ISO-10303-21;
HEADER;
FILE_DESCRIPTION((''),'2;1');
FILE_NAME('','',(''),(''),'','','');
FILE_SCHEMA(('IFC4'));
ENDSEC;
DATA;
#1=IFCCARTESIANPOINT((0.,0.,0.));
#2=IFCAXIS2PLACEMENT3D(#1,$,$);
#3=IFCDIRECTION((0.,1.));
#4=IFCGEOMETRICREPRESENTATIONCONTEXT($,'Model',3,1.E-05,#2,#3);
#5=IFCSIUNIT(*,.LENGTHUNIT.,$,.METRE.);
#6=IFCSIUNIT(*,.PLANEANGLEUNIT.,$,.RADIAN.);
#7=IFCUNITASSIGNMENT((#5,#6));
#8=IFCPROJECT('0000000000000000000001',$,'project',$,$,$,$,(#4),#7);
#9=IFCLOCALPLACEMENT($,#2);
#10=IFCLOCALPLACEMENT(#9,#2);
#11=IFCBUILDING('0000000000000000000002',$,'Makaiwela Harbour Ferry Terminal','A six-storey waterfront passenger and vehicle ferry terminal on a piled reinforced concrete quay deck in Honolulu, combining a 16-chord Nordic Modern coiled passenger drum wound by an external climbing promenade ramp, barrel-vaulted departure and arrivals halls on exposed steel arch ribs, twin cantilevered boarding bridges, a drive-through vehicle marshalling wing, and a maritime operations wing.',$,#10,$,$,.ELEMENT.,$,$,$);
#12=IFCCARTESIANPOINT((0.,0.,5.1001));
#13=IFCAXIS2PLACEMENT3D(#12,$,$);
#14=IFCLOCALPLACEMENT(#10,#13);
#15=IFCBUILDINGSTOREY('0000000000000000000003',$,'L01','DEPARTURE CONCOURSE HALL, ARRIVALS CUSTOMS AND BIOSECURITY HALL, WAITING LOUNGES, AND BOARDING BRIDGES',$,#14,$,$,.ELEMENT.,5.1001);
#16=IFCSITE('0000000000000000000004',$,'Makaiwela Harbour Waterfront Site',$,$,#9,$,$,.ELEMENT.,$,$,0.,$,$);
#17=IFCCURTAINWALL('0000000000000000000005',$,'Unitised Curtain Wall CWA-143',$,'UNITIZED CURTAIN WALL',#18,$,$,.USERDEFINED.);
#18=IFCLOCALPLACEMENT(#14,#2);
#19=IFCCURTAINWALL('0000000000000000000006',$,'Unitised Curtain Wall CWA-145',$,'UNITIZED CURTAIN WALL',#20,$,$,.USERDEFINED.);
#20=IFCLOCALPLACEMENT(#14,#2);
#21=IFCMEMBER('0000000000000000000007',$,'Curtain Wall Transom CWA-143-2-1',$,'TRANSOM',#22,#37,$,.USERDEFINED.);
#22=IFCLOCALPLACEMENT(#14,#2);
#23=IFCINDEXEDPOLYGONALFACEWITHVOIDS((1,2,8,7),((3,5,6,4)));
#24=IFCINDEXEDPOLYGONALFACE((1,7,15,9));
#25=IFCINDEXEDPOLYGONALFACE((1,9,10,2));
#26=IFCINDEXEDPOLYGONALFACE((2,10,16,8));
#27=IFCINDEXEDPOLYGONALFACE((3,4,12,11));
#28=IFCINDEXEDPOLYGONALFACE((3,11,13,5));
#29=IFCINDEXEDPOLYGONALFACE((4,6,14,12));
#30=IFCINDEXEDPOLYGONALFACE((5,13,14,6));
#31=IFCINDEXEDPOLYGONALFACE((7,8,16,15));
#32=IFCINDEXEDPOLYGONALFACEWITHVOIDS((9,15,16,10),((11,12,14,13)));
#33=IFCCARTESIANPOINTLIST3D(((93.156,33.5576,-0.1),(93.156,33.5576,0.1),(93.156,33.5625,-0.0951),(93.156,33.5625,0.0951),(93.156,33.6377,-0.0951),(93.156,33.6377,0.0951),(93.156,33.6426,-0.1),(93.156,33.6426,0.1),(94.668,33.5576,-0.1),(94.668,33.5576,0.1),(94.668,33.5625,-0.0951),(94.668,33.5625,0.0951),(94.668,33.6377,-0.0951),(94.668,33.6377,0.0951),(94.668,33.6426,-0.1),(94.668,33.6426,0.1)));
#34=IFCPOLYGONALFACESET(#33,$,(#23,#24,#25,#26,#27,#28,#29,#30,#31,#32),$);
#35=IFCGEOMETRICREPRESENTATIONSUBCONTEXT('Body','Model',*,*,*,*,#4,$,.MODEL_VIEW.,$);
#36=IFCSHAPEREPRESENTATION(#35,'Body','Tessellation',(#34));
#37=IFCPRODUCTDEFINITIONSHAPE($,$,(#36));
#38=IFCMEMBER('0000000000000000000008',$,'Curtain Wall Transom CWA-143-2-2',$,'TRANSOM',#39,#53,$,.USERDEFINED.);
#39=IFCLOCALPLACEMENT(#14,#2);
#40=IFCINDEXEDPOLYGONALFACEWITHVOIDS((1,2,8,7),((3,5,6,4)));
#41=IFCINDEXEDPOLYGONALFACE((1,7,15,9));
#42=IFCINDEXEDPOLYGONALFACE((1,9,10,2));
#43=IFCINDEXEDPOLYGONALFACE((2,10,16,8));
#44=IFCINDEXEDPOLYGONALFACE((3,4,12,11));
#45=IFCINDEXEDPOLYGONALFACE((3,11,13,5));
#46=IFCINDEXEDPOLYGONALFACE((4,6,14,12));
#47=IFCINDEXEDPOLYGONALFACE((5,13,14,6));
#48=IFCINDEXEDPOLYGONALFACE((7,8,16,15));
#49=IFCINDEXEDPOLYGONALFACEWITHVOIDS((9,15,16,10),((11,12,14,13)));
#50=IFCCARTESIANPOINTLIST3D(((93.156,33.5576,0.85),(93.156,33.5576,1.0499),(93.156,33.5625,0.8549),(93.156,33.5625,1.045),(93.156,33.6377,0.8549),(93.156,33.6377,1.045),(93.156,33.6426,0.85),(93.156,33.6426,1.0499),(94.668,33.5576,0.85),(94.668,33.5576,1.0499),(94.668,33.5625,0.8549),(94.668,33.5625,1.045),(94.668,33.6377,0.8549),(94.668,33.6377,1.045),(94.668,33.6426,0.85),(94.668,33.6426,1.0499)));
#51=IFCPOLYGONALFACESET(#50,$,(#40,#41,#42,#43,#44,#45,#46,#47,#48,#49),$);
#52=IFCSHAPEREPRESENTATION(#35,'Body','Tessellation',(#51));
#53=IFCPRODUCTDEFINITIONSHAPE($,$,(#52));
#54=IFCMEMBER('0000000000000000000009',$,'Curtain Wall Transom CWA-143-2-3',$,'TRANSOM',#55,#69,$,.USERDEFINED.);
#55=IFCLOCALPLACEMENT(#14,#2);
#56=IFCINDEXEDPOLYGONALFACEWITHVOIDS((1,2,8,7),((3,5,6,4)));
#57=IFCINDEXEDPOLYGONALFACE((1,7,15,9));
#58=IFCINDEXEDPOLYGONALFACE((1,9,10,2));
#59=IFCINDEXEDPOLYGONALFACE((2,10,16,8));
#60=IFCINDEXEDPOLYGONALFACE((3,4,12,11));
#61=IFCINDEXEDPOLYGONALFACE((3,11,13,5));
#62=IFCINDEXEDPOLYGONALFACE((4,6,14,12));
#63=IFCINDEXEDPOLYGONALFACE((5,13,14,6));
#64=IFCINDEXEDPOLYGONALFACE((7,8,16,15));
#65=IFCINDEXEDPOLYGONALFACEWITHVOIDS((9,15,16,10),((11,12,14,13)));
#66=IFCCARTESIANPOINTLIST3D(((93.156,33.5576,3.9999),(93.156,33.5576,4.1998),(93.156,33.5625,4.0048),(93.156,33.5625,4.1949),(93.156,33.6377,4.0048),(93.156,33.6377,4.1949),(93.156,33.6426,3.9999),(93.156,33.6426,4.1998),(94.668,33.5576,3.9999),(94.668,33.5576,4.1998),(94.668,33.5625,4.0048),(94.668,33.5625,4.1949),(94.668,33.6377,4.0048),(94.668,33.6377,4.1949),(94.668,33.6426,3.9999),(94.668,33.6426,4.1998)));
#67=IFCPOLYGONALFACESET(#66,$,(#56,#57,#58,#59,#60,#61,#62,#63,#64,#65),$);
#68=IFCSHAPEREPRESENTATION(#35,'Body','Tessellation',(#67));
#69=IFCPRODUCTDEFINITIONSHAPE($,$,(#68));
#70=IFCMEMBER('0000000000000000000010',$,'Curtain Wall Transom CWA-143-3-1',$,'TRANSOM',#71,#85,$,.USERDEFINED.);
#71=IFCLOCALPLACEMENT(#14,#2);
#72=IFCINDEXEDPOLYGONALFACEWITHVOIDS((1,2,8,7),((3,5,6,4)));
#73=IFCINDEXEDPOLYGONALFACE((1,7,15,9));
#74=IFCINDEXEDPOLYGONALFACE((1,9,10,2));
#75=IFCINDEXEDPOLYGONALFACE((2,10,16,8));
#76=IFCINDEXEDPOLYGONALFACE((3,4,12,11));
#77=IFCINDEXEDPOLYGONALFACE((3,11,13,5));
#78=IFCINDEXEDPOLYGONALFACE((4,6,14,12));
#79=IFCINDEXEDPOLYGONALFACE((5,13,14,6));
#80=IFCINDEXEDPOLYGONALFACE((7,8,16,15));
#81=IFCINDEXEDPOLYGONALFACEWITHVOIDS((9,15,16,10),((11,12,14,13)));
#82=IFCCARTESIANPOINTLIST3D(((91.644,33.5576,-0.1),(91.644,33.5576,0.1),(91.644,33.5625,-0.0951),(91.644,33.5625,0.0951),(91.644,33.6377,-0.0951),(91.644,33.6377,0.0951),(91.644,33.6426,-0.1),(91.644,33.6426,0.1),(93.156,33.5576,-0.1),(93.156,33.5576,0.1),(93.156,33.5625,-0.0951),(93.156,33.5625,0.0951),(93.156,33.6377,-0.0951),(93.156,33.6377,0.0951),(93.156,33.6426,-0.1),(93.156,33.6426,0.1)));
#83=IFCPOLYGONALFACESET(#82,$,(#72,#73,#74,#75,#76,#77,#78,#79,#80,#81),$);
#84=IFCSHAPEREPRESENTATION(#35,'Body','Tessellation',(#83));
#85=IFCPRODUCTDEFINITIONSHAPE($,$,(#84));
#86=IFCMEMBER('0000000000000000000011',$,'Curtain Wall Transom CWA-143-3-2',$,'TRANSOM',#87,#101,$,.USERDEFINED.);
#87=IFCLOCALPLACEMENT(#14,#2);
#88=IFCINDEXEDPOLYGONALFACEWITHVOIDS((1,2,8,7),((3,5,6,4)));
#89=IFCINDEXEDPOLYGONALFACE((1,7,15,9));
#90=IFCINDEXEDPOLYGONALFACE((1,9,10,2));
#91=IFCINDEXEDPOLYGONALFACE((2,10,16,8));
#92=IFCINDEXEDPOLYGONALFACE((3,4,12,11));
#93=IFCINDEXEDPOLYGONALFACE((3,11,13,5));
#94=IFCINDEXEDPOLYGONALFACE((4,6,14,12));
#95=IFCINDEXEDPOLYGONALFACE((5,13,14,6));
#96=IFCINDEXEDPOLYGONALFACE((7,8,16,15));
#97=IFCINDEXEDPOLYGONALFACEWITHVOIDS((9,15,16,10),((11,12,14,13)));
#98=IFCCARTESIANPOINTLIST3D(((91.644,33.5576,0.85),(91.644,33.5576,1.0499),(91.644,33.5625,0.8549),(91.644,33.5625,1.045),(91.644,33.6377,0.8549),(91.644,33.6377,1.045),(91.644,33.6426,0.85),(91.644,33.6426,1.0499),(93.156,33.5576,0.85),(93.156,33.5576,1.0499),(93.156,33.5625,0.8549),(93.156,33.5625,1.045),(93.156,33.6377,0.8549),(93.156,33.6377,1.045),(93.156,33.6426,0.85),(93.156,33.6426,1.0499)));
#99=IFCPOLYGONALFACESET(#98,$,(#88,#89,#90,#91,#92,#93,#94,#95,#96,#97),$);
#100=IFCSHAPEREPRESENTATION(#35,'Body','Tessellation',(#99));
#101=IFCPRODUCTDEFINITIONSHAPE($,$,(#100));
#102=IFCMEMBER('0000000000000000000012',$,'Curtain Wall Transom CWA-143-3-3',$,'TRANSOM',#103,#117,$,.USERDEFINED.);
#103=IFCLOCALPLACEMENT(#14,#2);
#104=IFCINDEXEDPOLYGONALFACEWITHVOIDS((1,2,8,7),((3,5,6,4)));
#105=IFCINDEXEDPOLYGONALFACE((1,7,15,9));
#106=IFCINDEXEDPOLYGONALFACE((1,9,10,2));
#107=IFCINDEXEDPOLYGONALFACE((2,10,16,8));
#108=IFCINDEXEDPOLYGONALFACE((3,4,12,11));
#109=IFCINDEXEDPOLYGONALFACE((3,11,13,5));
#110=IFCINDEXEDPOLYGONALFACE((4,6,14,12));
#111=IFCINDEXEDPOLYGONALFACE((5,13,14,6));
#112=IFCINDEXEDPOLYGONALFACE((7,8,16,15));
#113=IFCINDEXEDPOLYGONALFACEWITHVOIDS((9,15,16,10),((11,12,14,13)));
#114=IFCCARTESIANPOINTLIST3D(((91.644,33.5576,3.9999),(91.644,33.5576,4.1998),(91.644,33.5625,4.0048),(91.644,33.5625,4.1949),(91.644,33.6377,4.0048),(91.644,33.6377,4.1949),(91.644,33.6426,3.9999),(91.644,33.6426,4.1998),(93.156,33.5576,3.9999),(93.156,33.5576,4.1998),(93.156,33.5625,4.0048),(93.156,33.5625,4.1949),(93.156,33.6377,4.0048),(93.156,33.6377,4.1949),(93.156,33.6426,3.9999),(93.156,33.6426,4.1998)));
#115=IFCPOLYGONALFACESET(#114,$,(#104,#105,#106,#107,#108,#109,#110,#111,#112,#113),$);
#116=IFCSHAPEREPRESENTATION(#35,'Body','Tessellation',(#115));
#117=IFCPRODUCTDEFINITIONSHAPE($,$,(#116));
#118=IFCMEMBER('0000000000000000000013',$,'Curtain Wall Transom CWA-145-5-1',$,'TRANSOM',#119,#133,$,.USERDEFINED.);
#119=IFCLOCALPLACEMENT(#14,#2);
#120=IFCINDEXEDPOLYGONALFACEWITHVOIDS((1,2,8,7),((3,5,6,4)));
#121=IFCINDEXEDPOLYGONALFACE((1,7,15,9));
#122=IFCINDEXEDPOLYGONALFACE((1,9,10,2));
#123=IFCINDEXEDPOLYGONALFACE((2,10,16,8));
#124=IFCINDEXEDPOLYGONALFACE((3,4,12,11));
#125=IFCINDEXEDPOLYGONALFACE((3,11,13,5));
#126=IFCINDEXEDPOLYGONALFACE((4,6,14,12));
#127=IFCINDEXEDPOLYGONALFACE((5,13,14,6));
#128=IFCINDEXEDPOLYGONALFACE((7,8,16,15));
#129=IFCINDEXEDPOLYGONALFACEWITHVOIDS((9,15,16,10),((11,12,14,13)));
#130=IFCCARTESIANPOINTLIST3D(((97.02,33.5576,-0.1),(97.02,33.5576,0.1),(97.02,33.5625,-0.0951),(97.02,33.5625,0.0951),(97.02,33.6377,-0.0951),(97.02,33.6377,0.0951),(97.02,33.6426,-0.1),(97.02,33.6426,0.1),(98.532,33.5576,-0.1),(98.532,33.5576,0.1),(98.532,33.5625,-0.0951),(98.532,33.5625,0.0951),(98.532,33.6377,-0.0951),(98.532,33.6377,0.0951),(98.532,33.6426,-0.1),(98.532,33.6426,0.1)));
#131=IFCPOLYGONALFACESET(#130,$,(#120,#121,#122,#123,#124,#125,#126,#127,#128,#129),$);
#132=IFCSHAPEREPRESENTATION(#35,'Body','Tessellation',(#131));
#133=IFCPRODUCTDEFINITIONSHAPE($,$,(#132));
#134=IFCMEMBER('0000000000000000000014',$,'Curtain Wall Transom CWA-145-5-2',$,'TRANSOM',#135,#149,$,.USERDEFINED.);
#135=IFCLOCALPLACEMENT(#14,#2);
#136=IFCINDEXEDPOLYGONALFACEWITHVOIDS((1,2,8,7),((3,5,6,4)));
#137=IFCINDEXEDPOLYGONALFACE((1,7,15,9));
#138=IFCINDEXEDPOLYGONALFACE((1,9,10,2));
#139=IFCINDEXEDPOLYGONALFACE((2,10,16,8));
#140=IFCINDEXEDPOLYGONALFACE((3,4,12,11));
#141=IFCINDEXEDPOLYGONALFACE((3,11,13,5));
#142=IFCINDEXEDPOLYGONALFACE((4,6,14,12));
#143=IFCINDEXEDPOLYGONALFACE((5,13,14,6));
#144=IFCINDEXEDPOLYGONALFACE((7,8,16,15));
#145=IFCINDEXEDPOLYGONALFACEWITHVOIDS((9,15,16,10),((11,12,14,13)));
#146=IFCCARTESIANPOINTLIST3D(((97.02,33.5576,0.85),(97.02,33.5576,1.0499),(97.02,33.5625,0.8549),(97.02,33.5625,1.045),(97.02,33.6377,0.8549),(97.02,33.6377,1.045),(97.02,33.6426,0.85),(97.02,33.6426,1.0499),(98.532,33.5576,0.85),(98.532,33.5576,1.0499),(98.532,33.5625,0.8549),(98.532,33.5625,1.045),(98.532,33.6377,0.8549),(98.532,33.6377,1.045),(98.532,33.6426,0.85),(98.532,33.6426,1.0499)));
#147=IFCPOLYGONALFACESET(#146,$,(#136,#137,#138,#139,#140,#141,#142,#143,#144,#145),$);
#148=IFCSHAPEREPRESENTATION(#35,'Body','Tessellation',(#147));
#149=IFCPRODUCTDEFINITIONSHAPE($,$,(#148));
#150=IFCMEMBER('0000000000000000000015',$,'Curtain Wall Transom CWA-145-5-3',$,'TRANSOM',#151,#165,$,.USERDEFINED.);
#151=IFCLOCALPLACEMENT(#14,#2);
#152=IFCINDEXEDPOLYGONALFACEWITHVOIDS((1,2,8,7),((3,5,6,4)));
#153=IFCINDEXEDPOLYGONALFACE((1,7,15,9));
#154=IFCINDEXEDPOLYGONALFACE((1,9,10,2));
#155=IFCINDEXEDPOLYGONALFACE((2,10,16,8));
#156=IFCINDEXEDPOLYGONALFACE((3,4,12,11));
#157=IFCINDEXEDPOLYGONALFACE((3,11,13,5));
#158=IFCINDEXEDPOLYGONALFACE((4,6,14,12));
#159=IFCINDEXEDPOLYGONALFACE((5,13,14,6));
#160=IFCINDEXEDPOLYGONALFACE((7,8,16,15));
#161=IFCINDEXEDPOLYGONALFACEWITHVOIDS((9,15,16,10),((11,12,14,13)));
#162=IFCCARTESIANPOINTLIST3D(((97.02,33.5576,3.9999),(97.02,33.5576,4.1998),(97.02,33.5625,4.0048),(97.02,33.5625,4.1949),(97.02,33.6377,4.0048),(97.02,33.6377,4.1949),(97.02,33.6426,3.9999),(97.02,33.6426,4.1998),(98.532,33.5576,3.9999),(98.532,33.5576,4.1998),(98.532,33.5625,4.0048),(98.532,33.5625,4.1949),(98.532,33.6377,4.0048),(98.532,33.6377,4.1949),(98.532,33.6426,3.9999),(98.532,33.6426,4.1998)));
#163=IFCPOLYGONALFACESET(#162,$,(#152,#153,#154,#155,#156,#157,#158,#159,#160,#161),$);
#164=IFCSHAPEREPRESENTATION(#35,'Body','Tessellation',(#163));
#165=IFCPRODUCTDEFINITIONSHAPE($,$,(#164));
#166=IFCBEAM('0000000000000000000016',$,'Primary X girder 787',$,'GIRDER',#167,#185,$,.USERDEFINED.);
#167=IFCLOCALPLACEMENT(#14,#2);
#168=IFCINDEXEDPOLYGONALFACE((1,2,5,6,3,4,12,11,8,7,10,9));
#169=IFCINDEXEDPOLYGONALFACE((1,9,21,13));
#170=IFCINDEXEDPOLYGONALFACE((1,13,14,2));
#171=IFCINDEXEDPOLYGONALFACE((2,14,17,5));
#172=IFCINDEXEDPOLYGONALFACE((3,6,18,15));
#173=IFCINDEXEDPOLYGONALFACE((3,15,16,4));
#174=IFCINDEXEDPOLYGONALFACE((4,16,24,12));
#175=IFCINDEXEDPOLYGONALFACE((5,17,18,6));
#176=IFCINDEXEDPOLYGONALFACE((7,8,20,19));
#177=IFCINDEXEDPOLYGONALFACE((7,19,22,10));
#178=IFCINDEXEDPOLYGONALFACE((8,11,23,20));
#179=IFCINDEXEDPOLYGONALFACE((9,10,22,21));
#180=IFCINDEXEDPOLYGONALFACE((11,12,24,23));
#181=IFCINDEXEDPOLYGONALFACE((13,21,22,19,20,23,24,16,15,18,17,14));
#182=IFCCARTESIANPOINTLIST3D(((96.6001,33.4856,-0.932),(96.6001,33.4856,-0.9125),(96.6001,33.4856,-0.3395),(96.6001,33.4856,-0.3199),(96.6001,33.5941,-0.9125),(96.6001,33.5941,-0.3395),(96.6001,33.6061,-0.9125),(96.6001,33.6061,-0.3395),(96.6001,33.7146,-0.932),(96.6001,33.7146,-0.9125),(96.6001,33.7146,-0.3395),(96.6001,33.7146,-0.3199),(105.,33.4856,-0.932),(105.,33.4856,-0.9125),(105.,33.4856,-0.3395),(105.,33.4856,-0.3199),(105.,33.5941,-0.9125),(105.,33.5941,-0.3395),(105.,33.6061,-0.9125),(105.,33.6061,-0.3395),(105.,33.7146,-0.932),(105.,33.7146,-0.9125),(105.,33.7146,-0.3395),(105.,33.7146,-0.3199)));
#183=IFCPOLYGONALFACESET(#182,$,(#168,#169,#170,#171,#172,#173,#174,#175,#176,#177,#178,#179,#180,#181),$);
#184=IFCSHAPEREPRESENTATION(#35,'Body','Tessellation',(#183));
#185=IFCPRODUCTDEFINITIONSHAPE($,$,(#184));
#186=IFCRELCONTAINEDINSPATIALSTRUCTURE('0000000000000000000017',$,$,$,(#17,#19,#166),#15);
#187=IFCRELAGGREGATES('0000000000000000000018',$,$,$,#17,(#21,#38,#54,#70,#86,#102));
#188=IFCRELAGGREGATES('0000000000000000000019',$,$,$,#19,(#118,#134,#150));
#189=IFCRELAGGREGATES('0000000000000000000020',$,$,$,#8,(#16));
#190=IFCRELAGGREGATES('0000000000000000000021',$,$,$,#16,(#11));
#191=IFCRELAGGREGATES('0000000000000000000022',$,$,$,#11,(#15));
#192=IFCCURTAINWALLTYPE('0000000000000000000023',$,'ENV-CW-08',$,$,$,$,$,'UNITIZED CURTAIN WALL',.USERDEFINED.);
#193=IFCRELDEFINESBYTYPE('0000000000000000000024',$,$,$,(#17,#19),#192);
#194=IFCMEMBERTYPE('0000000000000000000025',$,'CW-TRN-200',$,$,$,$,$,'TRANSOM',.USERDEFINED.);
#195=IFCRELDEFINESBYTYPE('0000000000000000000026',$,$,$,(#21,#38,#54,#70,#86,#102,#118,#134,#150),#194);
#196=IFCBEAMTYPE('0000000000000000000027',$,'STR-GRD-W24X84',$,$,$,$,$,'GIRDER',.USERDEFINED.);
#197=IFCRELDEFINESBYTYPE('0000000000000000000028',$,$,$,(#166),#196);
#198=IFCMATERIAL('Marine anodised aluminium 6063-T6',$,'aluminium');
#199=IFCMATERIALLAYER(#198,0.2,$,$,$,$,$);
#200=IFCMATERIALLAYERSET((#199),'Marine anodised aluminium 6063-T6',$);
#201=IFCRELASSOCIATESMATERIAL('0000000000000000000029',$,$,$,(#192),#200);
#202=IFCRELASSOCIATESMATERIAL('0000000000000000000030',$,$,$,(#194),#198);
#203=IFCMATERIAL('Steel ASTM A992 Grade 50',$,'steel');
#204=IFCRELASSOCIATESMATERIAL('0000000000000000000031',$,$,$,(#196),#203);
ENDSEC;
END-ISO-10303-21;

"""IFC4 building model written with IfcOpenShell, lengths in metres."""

from ifc_helpers import new_model, si_unit, direction, frame, origin, origin_2d, place, context, subcontext, project, spatial, hollow_rectangle, i_section, extrude, material, layer, layer_set, material_profile, profile_set, type_object, element, aggregate, save


model = new_model("IFC4")

# Units and contexts
model_context = context("Model", 3, precision=1e-05, world=origin(), true_north=direction((0.0, 1.0)))
body_context = subcontext(model_context, "Body", "Model", "MODEL_VIEW")
ifc_project = project(units=[si_unit("LENGTHUNIT", "METRE"), si_unit("PLANEANGLEUNIT", "RADIAN")], contexts=[model_context])

# Site, building, storey
site_placement = place(None, origin())
site = spatial("IfcSite", under=ifc_project, at=site_placement, Name="Makaiwela Harbour Waterfront Site", CompositionType="ELEMENT", RefElevation=0.0)
building_placement = place(site_placement, origin())
building = spatial("IfcBuilding", under=site, at=building_placement, Name="Makaiwela Harbour Ferry Terminal", Description="A six-storey waterfront passenger and vehicle ferry terminal on a piled reinforced concrete quay deck in Honolulu, combining a 16-chord Nordic Modern coiled passenger drum wound by an external climbing promenade ramp, barrel-vaulted departure and arrivals halls on exposed steel arch ribs, twin cantilevered boarding bridges, a drive-through vehicle marshalling wing, and a maritime operations wing.", CompositionType="ELEMENT")
storey_placement = place(building_placement, frame((0.0, 0.0, 5.1001)))
storey = spatial("IfcBuildingStorey", under=building, at=storey_placement, Name="L01", Description="DEPARTURE CONCOURSE HALL, ARRIVALS CUSTOMS AND BIOSECURITY HALL, WAITING LOUNGES, AND BOARDING BRIDGES", CompositionType="ELEMENT", Elevation=5.1001)

# Curtain walls
ifc_material_1 = material(Name="Marine anodised aluminium 6063-T6", Category="aluminium")
ifc_layer_1 = layer(ifc_material_1, 0.2)
ifc_layer_set_1 = layer_set([ifc_layer_1], Name="Marine anodised aluminium 6063-T6")
curtain_wall_type = type_object("IfcCurtainWallType", Name="ENV-CW-08", ElementType="UNITIZED CURTAIN WALL", PredefinedType="USERDEFINED", material=ifc_layer_set_1)
curtain_wall_1_placement = place(storey_placement, origin())
curtain_wall_1 = element("IfcCurtainWall", 1, at=curtain_wall_1_placement, inside=storey, type_object=curtain_wall_type, Name="Unitised Curtain Wall CWA-143", ObjectType="UNITIZED CURTAIN WALL", PredefinedType="USERDEFINED")
curtain_wall_2_placement = place(storey_placement, origin())
curtain_wall_2 = element("IfcCurtainWall", 2, at=curtain_wall_2_placement, inside=storey, type_object=curtain_wall_type, Name="Unitised Curtain Wall CWA-145", ObjectType="UNITIZED CURTAIN WALL", PredefinedType="USERDEFINED")

# Members
ifc_material_profile_1 = material_profile(ifc_material_1, hollow_rectangle(XDim=0.085, YDim=0.2, WallThickness=0.0049, at=origin_2d()), Name="CWT-200X85")
ifc_profile_set_1 = profile_set([ifc_material_profile_1], Name="Marine anodised aluminium 6063-T6")
member_type_1 = type_object("IfcMemberType", Name="CW-TRN-200", ElementType="TRANSOM", PredefinedType="USERDEFINED", material=ifc_profile_set_1)
member_1_placement = place(storey_placement, frame((94.668, 33.6001, 0.0), z_axis=(-1.0, 0.0, 0.0), x_axis=(0.0, -1.0, 0.0)))
member_1 = element("IfcMember", 3, at=member_1_placement, type_object=member_type_1, Name="Curtain Wall Transom CWA-143-2-1", ObjectType="TRANSOM", PredefinedType="USERDEFINED", context=body_context, shape_type="SweptSolid", body=[
    extrude(hollow_rectangle(XDim=0.085, YDim=0.2, WallThickness=0.0049, at=origin_2d()), origin(), (0.0, 0.0, 1.0), 1.512),
])
member_2_placement = place(storey_placement, frame((94.668, 33.6001, 0.95), z_axis=(-1.0, 0.0, 0.0), x_axis=(0.0, -1.0, 0.0)))
member_2 = element("IfcMember", 4, at=member_2_placement, type_object=member_type_1, Name="Curtain Wall Transom CWA-143-2-2", ObjectType="TRANSOM", PredefinedType="USERDEFINED", context=body_context, shape_type="SweptSolid", body=[
    extrude(hollow_rectangle(XDim=0.085, YDim=0.2, WallThickness=0.0049, at=origin_2d()), origin(), (0.0, 0.0, 1.0), 1.512),
])
member_3_placement = place(storey_placement, frame((94.668, 33.6001, 4.0999), z_axis=(-1.0, 0.0, 0.0), x_axis=(0.0, -1.0, 0.0)))
member_3 = element("IfcMember", 5, at=member_3_placement, type_object=member_type_1, Name="Curtain Wall Transom CWA-143-2-3", ObjectType="TRANSOM", PredefinedType="USERDEFINED", context=body_context, shape_type="SweptSolid", body=[
    extrude(hollow_rectangle(XDim=0.085, YDim=0.2, WallThickness=0.0049, at=origin_2d()), origin(), (0.0, 0.0, 1.0), 1.512),
])
member_4_placement = place(storey_placement, frame((93.156, 33.6001, 0.0), z_axis=(-1.0, 0.0, 0.0), x_axis=(0.0, -1.0, 0.0)))
member_4 = element("IfcMember", 6, at=member_4_placement, type_object=member_type_1, Name="Curtain Wall Transom CWA-143-3-1", ObjectType="TRANSOM", PredefinedType="USERDEFINED", context=body_context, shape_type="SweptSolid", body=[
    extrude(hollow_rectangle(XDim=0.085, YDim=0.2, WallThickness=0.0049, at=origin_2d()), origin(), (0.0, 0.0, 1.0), 1.512),
])
member_5_placement = place(storey_placement, frame((93.156, 33.6001, 0.95), z_axis=(-1.0, 0.0, 0.0), x_axis=(0.0, -1.0, 0.0)))
member_5 = element("IfcMember", 7, at=member_5_placement, type_object=member_type_1, Name="Curtain Wall Transom CWA-143-3-2", ObjectType="TRANSOM", PredefinedType="USERDEFINED", context=body_context, shape_type="SweptSolid", body=[
    extrude(hollow_rectangle(XDim=0.085, YDim=0.2, WallThickness=0.0049, at=origin_2d()), origin(), (0.0, 0.0, 1.0), 1.512),
])
member_6_placement = place(storey_placement, frame((93.156, 33.6001, 4.0999), z_axis=(-1.0, 0.0, 0.0), x_axis=(0.0, -1.0, 0.0)))
member_6 = element("IfcMember", 8, at=member_6_placement, type_object=member_type_1, Name="Curtain Wall Transom CWA-143-3-3", ObjectType="TRANSOM", PredefinedType="USERDEFINED", context=body_context, shape_type="SweptSolid", body=[
    extrude(hollow_rectangle(XDim=0.085, YDim=0.2, WallThickness=0.0049, at=origin_2d()), origin(), (0.0, 0.0, 1.0), 1.512),
])
member_7_placement = place(storey_placement, frame((98.532, 33.6001, 0.0), z_axis=(-1.0, 0.0, 0.0), x_axis=(0.0, -1.0, 0.0)))
member_7 = element("IfcMember", 9, at=member_7_placement, type_object=member_type_1, Name="Curtain Wall Transom CWA-145-5-1", ObjectType="TRANSOM", PredefinedType="USERDEFINED", context=body_context, shape_type="SweptSolid", body=[
    extrude(hollow_rectangle(XDim=0.085, YDim=0.2, WallThickness=0.0049, at=origin_2d()), origin(), (0.0, 0.0, 1.0), 1.512),
])
member_8_placement = place(storey_placement, frame((98.532, 33.6001, 0.95), z_axis=(-1.0, 0.0, 0.0), x_axis=(0.0, -1.0, 0.0)))
member_8 = element("IfcMember", 10, at=member_8_placement, type_object=member_type_1, Name="Curtain Wall Transom CWA-145-5-2", ObjectType="TRANSOM", PredefinedType="USERDEFINED", context=body_context, shape_type="SweptSolid", body=[
    extrude(hollow_rectangle(XDim=0.085, YDim=0.2, WallThickness=0.0049, at=origin_2d()), origin(), (0.0, 0.0, 1.0), 1.512),
])
member_9_placement = place(storey_placement, frame((98.532, 33.6001, 4.0999), z_axis=(-1.0, 0.0, 0.0), x_axis=(0.0, -1.0, 0.0)))
member_9 = element("IfcMember", 11, at=member_9_placement, type_object=member_type_1, Name="Curtain Wall Transom CWA-145-5-3", ObjectType="TRANSOM", PredefinedType="USERDEFINED", context=body_context, shape_type="SweptSolid", body=[
    extrude(hollow_rectangle(XDim=0.085, YDim=0.2, WallThickness=0.0049, at=origin_2d()), origin(), (0.0, 0.0, 1.0), 1.512),
])

# Beam
ifc_material_2 = material(Name="Steel ASTM A992 Grade 50", Category="steel")
ifc_material_profile_2 = material_profile(ifc_material_2, i_section(OverallWidth=0.229, OverallDepth=0.6121, WebThickness=0.012, FlangeThickness=0.0195, at=origin_2d()), Name="W24X84")
ifc_profile_set_2 = profile_set([ifc_material_profile_2], Name="Steel ASTM A992 Grade 50")
beam_type = type_object("IfcBeamType", Name="STR-GRD-W24X84", ElementType="GIRDER", PredefinedType="USERDEFINED", material=ifc_profile_set_2)
beam_placement = place(storey_placement, frame((96.6001, 33.6001, -0.626), z_axis=(1.0, 0.0, 0.0), x_axis=(0.0, 1.0, 0.0)))
element("IfcBeam", 12, at=beam_placement, inside=storey, type_object=beam_type, Name="Primary X girder 787", ObjectType="GIRDER", PredefinedType="USERDEFINED", context=body_context, shape_type="SweptSolid", body=[
    extrude(i_section(OverallWidth=0.229, OverallDepth=0.6121, WebThickness=0.012, FlangeThickness=0.0195, at=origin_2d()), origin(), (0.0, 0.0, 1.0), 8.3999),
])

aggregate(curtain_wall_1, [member_1, member_2, member_3, member_4, member_5, member_6])
aggregate(curtain_wall_2, [member_7, member_8, member_9])

save(model, "model.ifc")
